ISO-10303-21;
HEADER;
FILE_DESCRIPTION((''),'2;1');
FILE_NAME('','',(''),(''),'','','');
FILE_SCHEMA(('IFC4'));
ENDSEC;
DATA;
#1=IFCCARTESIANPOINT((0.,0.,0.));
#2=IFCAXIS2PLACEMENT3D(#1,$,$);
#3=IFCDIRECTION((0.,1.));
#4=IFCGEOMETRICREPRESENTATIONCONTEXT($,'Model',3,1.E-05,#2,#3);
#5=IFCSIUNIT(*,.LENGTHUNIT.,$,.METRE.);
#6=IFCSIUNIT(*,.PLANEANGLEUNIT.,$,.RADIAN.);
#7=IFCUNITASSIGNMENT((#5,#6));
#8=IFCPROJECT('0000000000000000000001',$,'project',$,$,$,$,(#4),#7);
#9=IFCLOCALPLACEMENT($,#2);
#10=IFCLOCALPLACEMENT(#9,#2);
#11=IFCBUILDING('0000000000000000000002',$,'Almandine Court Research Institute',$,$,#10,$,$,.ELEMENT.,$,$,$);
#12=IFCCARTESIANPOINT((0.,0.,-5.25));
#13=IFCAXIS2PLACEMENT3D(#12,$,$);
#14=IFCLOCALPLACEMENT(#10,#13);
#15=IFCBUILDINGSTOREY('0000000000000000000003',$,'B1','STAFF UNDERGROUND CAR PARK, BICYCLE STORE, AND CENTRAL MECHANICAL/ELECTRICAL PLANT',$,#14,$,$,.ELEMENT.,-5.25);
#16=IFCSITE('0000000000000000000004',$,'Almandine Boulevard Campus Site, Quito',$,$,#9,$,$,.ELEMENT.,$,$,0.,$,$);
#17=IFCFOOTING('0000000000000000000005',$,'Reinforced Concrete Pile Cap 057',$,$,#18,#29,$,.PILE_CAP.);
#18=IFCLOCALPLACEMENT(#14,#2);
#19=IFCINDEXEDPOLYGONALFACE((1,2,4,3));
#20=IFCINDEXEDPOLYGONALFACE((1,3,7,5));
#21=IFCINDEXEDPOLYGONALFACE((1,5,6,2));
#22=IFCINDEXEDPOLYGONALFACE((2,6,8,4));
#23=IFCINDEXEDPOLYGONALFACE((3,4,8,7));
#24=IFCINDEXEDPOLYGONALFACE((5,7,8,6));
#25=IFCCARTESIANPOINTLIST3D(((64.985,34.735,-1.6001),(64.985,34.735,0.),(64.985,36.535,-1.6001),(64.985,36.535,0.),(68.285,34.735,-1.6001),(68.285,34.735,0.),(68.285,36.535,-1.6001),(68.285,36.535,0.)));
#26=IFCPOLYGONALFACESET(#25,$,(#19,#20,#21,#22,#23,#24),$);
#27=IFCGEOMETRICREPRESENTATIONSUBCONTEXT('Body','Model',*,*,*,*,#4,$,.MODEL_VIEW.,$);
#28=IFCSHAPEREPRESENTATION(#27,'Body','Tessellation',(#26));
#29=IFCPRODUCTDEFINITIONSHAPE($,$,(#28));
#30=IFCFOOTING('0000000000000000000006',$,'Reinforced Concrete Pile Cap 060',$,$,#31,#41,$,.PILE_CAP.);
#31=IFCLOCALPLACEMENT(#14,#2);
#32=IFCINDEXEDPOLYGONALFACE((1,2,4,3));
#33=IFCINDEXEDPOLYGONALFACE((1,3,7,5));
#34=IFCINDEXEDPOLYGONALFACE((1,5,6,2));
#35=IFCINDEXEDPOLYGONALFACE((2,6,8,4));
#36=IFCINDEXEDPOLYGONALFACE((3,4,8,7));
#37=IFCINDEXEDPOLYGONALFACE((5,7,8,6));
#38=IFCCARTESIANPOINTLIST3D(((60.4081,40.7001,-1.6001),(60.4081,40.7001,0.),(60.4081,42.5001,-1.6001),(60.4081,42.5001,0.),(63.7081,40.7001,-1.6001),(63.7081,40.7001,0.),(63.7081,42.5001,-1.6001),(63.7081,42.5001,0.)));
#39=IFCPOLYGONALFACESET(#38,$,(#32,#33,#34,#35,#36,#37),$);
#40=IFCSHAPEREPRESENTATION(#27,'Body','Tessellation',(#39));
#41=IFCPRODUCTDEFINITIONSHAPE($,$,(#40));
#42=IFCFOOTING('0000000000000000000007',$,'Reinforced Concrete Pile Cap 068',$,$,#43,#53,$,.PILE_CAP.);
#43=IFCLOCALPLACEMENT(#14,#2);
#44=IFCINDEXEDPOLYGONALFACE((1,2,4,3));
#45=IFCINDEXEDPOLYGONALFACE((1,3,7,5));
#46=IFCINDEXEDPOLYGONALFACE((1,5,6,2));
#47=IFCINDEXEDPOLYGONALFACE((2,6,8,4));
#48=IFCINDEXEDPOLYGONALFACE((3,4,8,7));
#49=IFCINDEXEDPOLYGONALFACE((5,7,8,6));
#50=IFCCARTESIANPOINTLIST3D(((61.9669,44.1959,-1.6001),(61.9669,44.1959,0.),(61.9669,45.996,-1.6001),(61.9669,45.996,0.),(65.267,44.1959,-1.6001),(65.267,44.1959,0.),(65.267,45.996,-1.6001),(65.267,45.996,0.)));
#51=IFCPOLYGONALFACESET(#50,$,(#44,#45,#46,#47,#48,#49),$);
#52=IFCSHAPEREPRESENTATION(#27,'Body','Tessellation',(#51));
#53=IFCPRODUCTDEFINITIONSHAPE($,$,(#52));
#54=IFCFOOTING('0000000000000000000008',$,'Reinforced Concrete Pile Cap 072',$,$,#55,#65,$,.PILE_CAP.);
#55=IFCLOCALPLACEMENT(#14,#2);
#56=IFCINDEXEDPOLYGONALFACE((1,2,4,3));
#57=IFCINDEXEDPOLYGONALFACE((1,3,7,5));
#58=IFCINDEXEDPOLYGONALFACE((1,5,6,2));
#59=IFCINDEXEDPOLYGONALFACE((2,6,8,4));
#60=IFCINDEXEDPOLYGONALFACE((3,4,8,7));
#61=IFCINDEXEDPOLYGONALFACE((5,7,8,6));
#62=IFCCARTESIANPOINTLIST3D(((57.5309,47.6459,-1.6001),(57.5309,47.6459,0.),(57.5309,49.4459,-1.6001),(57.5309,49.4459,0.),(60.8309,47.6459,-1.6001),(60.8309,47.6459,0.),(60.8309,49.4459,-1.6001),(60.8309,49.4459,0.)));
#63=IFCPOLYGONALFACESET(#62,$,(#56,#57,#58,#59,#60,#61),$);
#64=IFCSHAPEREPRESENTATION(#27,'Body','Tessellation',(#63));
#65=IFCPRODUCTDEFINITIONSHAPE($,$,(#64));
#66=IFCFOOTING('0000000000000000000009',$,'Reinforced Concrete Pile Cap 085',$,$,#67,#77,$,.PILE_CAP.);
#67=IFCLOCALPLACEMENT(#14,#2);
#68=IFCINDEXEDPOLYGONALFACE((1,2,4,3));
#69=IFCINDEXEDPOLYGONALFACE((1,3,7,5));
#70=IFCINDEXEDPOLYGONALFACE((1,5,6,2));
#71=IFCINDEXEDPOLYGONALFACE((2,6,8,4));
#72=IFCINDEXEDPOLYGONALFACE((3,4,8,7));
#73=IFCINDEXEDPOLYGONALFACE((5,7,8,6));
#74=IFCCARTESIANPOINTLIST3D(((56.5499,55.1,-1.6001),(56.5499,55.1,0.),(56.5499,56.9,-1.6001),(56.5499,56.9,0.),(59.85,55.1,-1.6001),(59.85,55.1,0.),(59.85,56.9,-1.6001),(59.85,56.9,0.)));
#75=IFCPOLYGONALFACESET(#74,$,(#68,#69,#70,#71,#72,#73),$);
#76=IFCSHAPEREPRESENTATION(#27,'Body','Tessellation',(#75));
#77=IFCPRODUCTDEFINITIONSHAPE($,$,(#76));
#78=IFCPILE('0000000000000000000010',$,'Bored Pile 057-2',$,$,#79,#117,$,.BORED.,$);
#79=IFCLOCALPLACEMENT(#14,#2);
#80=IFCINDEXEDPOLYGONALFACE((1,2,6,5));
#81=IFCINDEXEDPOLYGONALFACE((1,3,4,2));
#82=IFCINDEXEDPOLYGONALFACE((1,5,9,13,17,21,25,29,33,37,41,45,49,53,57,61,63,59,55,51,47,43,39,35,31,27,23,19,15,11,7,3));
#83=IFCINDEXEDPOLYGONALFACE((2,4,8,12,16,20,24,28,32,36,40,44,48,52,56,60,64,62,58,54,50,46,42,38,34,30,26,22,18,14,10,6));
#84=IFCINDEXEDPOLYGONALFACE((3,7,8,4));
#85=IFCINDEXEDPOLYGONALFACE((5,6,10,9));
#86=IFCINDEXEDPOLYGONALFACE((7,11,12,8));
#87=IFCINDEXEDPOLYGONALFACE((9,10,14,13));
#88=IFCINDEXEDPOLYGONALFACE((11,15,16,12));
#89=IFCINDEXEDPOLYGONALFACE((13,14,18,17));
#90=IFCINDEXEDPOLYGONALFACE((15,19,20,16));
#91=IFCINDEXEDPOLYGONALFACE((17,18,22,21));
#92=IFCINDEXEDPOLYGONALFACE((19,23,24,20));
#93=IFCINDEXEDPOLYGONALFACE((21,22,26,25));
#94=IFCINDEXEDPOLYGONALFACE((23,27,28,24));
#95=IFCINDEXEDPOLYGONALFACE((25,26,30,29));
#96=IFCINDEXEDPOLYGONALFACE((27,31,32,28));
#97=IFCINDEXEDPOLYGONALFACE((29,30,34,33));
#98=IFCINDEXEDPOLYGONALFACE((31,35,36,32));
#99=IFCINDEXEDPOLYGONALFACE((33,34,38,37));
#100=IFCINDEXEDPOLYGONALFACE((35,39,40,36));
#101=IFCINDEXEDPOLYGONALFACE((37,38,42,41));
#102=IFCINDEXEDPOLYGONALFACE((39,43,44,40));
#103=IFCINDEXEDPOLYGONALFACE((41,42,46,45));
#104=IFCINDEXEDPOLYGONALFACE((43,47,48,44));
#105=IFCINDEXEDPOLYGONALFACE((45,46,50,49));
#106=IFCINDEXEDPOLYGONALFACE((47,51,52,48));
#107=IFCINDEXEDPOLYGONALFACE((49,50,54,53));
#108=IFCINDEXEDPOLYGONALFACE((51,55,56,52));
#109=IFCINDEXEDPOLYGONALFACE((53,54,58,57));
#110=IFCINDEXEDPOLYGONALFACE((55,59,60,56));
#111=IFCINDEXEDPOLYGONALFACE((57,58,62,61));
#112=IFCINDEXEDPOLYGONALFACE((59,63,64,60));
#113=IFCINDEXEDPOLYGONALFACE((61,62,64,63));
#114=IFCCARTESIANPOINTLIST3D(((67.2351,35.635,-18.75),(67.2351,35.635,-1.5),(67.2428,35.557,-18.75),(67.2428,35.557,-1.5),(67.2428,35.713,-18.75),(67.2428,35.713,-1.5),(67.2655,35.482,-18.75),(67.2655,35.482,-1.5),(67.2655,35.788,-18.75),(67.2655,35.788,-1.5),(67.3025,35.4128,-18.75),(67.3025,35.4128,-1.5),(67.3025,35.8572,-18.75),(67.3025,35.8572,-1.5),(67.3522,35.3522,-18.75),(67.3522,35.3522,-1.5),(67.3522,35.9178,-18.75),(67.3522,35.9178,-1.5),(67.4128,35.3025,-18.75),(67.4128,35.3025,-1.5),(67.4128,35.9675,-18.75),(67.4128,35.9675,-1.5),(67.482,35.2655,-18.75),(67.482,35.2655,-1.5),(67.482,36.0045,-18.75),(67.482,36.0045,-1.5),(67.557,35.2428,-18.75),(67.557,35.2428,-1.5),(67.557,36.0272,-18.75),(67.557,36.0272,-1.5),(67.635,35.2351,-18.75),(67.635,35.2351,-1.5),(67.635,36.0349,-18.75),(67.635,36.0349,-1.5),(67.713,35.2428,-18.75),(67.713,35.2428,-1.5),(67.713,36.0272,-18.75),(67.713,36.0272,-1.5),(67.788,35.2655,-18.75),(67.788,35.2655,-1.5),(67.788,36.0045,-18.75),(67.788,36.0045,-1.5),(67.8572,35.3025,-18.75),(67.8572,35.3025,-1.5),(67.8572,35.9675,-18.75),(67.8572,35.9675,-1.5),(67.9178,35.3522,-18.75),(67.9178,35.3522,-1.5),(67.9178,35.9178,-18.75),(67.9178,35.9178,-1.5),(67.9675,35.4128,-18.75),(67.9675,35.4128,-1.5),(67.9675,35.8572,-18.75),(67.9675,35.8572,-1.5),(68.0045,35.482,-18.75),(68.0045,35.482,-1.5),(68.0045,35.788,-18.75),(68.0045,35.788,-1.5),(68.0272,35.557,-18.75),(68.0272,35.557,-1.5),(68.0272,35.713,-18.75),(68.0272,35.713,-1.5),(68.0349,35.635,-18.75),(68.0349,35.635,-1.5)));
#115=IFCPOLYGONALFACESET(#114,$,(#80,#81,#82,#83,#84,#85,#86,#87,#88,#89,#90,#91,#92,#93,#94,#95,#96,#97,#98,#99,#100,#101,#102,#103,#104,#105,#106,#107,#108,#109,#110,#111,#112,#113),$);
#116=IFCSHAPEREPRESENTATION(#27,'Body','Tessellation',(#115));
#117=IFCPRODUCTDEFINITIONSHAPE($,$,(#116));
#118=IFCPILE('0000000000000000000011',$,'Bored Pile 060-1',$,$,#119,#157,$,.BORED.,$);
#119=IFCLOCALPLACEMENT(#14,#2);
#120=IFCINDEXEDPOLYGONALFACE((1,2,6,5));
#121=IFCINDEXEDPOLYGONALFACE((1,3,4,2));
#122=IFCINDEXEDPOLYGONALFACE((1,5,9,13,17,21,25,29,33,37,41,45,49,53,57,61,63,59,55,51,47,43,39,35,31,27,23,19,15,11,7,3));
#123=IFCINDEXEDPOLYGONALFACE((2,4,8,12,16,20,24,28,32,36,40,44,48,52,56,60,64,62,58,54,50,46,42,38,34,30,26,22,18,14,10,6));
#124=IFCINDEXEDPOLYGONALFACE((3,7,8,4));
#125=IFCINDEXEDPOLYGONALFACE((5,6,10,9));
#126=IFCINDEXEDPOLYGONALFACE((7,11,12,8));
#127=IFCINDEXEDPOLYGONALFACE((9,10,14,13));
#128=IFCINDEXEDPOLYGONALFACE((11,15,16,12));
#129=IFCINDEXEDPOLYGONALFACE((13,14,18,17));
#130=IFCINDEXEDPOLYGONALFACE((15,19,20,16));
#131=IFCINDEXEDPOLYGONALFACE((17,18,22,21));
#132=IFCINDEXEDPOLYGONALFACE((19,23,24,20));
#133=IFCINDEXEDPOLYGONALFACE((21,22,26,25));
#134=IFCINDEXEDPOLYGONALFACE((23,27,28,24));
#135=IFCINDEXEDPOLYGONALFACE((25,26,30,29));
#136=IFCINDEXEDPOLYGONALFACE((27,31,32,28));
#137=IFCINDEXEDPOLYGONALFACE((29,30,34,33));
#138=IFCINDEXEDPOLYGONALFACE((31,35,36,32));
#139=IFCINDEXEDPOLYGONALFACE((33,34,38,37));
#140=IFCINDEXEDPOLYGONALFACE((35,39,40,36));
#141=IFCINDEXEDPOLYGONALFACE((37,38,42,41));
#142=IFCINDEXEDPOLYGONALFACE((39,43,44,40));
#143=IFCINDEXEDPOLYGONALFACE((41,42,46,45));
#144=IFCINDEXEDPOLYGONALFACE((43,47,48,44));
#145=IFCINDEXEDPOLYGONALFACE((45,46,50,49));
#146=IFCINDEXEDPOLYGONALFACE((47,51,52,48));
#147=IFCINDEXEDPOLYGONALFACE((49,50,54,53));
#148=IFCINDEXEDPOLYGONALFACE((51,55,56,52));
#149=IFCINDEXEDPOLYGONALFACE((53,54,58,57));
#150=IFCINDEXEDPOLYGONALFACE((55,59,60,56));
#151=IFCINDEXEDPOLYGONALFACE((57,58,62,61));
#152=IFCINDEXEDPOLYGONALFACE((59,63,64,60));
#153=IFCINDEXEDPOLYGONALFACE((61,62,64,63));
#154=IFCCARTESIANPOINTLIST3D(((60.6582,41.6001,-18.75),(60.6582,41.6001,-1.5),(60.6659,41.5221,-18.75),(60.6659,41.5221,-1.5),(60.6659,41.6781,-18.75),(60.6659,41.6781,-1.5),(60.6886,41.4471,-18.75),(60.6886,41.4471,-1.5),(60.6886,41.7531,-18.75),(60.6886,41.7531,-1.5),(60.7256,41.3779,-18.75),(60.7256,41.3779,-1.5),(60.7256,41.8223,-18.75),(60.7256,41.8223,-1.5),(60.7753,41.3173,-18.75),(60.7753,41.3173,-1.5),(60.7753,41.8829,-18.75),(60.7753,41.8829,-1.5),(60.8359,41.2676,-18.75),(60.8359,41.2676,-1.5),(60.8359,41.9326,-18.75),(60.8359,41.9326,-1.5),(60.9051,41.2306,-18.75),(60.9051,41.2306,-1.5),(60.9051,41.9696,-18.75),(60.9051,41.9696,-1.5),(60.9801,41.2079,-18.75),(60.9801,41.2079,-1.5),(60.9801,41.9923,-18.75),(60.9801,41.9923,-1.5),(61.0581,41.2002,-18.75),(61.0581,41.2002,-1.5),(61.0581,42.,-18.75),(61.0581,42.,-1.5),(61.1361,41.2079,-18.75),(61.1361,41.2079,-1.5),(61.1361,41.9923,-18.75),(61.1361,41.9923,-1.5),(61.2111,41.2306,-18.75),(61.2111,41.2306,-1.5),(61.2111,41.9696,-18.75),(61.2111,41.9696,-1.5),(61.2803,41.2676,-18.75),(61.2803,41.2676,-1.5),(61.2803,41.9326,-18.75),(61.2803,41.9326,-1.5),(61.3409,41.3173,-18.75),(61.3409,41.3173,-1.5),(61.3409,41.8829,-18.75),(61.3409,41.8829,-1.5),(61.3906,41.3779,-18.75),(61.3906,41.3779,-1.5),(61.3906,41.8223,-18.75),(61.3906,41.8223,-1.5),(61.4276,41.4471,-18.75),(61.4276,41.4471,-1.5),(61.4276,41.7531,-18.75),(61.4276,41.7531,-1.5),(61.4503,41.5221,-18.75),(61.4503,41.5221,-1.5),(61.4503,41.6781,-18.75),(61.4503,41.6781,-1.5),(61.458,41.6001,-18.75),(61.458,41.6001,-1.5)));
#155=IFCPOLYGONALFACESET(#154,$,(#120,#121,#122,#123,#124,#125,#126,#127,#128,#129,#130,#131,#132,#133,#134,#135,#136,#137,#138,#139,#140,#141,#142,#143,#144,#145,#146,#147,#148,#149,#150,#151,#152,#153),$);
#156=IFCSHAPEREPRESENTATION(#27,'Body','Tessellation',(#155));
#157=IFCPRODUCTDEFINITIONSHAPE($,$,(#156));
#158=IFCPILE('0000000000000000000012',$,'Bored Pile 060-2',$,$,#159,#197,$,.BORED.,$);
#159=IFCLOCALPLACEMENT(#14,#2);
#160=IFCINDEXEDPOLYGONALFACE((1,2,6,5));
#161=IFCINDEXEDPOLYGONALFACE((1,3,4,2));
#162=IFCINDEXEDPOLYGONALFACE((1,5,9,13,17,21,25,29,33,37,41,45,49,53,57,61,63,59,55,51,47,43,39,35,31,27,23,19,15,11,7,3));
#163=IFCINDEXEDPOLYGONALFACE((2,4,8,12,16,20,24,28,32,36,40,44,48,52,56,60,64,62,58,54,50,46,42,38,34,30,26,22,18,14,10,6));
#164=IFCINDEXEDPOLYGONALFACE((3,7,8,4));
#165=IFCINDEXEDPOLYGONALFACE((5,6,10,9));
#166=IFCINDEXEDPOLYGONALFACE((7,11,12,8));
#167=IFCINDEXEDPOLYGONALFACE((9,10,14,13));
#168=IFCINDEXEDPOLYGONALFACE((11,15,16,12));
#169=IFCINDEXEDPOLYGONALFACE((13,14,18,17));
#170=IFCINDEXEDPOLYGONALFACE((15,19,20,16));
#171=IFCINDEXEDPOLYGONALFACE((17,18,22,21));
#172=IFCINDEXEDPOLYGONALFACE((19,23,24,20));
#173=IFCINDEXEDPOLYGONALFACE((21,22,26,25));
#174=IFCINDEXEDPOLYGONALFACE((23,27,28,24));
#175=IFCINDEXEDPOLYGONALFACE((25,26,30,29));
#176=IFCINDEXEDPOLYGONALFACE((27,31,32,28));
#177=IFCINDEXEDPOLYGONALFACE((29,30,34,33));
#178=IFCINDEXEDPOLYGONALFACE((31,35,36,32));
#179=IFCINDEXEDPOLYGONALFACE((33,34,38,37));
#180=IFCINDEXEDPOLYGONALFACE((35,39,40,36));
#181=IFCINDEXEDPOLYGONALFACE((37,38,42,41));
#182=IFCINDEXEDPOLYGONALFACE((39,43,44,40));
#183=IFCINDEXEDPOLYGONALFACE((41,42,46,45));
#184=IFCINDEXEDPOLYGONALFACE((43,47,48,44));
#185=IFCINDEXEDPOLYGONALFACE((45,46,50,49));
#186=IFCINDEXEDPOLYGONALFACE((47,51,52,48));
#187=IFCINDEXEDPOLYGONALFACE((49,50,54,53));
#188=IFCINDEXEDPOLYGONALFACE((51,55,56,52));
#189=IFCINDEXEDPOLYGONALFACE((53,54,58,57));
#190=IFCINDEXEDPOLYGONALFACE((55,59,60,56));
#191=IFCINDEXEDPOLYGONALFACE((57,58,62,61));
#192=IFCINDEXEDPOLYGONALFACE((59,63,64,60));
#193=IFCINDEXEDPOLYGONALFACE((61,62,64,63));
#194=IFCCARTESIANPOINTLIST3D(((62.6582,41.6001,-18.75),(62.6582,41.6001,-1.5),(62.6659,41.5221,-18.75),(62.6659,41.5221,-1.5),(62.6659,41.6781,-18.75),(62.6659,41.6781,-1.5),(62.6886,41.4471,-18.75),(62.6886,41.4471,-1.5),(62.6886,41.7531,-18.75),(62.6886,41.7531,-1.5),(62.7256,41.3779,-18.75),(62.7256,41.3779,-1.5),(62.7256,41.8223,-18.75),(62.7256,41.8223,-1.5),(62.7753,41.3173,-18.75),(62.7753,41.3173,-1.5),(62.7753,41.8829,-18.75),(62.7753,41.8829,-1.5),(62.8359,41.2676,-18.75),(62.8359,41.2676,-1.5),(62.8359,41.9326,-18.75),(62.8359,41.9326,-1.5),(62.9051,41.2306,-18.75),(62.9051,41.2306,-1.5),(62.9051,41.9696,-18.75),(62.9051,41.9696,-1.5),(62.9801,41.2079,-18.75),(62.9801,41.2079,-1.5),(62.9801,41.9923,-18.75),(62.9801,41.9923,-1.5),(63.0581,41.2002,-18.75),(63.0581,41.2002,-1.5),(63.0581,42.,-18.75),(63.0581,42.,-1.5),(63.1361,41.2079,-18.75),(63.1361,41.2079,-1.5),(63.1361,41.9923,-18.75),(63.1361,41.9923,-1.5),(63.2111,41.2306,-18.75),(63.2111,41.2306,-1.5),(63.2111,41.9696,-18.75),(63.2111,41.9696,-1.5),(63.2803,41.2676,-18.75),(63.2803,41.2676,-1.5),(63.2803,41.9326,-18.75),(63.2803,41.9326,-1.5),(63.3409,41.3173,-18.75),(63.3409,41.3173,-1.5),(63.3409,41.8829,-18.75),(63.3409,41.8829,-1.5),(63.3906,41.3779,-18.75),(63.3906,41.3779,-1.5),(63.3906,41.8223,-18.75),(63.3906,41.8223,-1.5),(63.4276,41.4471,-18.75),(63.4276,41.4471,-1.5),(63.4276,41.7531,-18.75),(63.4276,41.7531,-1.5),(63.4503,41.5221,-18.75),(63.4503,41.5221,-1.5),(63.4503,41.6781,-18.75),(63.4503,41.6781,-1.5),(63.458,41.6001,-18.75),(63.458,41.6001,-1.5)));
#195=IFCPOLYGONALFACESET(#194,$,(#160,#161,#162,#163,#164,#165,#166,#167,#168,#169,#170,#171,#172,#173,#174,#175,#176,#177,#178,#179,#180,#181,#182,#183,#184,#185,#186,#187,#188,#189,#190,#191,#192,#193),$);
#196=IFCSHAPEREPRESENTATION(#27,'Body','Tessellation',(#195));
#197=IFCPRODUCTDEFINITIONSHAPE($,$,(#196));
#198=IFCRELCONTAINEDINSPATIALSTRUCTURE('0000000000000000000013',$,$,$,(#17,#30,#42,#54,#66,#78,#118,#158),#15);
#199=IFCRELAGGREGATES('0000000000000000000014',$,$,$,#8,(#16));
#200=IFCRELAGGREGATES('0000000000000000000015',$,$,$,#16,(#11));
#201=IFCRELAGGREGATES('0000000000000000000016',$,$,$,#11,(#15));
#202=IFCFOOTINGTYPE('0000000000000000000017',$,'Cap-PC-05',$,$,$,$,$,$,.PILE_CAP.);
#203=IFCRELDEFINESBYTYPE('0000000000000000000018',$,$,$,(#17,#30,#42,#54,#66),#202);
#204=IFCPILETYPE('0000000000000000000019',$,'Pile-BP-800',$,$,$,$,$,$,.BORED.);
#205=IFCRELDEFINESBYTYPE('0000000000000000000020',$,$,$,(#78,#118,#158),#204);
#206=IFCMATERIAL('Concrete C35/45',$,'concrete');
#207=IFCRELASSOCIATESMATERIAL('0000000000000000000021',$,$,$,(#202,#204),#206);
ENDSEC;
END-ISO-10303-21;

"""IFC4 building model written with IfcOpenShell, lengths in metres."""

from ifc_helpers import new_model, si_unit, direction, frame, origin, origin_2d, place, context, subcontext, project, spatial, rectangle, circle, extrude, material, material_profile, profile_set, type_object, element, save


model = new_model("IFC4")

# Units and contexts
model_context = context("Model", 3, precision=1e-05, world=origin(), true_north=direction((0.0, 1.0)))
body_context = subcontext(model_context, "Body", "Model", "MODEL_VIEW")
ifc_project = project(units=[si_unit("LENGTHUNIT", "METRE"), si_unit("PLANEANGLEUNIT", "RADIAN")], contexts=[model_context])

# Site, building, storey
site_placement = place(None, origin())
site = spatial("IfcSite", under=ifc_project, at=site_placement, Name="Almandine Boulevard Campus Site, Quito", CompositionType="ELEMENT", RefElevation=0.0)
building_placement = place(site_placement, origin())
building = spatial("IfcBuilding", under=site, at=building_placement, Name="Almandine Court Research Institute", CompositionType="ELEMENT")
storey_placement = place(building_placement, frame((0.0, 0.0, -5.25)))
storey = spatial("IfcBuildingStorey", under=building, at=storey_placement, Name="B1", Description="STAFF UNDERGROUND CAR PARK, BICYCLE STORE, AND CENTRAL MECHANICAL/ELECTRICAL PLANT", CompositionType="ELEMENT", Elevation=-5.25)

# Footings
ifc_material_1 = material(Name="Concrete C35/45", Category="concrete")
footing_type_1 = type_object("IfcFootingType", Name="Cap-PC-05", PredefinedType="PILE_CAP", material=ifc_material_1)
for number, where, z_axis, x_axis, name in (
    (1, (66.635, 35.635, -1.6001), (0.0, 0.0, 1.0), (1.0, 0.0, 0.0), "Reinforced Concrete Pile Cap 057"),
    (2, (62.0581, 41.6001, -1.6001), (0.0, 0.0, 1.0), (1.0, 0.0, 0.0), "Reinforced Concrete Pile Cap 060"),
    (3, (63.6169, 45.0959, -1.6001), (0.0, 0.0, 1.0), (1.0, 0.0, 0.0), "Reinforced Concrete Pile Cap 068"),
    (4, (59.1809, 48.5459, -1.6001), (0.0, 0.0, 1.0), (1.0, 0.0, 0.0), "Reinforced Concrete Pile Cap 072"),
    (5, (58.2, 56.0, -1.6001), (0.0, 0.0, 1.0), (1.0, 0.0, 0.0), "Reinforced Concrete Pile Cap 085"),
):
    element("IfcFooting", number, at=place(storey_placement, frame(where, z_axis=z_axis, x_axis=x_axis)), inside=storey, type_object=footing_type_1, Name=name, PredefinedType="PILE_CAP", context=body_context, shape_type="SweptSolid", body=[
        extrude(rectangle(XDim=3.3, YDim=1.8, at=origin_2d()), origin(), (0.0, 0.0, 1.0), 1.6001),
    ])

# Piles
ifc_material_profile_1 = material_profile(ifc_material_1, circle(Radius=0.3999, at=origin_2d()), Name="BORED PILE D800")
ifc_profile_set_1 = profile_set([ifc_material_profile_1], Name="Concrete C35/45")
pile_type = type_object("IfcPileType", Name="Pile-BP-800", PredefinedType="BORED", material=ifc_profile_set_1)
for number, where, z_axis, x_axis, name in (
    (6, (67.635, 35.635, -1.5), (0.0, 0.0, -1.0), (1.0, 0.0, 0.0), "Bored Pile 057-2"),
    (7, (61.0581, 41.6001, -1.5), (0.0, 0.0, -1.0), (1.0, 0.0, 0.0), "Bored Pile 060-1"),
    (8, (63.0581, 41.6001, -1.5), (0.0, 0.0, -1.0), (1.0, 0.0, 0.0), "Bored Pile 060-2"),
):
    element("IfcPile", number, at=place(storey_placement, frame(where, z_axis=z_axis, x_axis=x_axis)), inside=storey, type_object=pile_type, Name=name, PredefinedType="BORED", context=body_context, shape_type="SweptSolid", body=[
        extrude(circle(Radius=0.3999, at=origin_2d()), origin(), (0.0, 0.0, 1.0), 17.25),
    ])

save(model, "model.ifc")
